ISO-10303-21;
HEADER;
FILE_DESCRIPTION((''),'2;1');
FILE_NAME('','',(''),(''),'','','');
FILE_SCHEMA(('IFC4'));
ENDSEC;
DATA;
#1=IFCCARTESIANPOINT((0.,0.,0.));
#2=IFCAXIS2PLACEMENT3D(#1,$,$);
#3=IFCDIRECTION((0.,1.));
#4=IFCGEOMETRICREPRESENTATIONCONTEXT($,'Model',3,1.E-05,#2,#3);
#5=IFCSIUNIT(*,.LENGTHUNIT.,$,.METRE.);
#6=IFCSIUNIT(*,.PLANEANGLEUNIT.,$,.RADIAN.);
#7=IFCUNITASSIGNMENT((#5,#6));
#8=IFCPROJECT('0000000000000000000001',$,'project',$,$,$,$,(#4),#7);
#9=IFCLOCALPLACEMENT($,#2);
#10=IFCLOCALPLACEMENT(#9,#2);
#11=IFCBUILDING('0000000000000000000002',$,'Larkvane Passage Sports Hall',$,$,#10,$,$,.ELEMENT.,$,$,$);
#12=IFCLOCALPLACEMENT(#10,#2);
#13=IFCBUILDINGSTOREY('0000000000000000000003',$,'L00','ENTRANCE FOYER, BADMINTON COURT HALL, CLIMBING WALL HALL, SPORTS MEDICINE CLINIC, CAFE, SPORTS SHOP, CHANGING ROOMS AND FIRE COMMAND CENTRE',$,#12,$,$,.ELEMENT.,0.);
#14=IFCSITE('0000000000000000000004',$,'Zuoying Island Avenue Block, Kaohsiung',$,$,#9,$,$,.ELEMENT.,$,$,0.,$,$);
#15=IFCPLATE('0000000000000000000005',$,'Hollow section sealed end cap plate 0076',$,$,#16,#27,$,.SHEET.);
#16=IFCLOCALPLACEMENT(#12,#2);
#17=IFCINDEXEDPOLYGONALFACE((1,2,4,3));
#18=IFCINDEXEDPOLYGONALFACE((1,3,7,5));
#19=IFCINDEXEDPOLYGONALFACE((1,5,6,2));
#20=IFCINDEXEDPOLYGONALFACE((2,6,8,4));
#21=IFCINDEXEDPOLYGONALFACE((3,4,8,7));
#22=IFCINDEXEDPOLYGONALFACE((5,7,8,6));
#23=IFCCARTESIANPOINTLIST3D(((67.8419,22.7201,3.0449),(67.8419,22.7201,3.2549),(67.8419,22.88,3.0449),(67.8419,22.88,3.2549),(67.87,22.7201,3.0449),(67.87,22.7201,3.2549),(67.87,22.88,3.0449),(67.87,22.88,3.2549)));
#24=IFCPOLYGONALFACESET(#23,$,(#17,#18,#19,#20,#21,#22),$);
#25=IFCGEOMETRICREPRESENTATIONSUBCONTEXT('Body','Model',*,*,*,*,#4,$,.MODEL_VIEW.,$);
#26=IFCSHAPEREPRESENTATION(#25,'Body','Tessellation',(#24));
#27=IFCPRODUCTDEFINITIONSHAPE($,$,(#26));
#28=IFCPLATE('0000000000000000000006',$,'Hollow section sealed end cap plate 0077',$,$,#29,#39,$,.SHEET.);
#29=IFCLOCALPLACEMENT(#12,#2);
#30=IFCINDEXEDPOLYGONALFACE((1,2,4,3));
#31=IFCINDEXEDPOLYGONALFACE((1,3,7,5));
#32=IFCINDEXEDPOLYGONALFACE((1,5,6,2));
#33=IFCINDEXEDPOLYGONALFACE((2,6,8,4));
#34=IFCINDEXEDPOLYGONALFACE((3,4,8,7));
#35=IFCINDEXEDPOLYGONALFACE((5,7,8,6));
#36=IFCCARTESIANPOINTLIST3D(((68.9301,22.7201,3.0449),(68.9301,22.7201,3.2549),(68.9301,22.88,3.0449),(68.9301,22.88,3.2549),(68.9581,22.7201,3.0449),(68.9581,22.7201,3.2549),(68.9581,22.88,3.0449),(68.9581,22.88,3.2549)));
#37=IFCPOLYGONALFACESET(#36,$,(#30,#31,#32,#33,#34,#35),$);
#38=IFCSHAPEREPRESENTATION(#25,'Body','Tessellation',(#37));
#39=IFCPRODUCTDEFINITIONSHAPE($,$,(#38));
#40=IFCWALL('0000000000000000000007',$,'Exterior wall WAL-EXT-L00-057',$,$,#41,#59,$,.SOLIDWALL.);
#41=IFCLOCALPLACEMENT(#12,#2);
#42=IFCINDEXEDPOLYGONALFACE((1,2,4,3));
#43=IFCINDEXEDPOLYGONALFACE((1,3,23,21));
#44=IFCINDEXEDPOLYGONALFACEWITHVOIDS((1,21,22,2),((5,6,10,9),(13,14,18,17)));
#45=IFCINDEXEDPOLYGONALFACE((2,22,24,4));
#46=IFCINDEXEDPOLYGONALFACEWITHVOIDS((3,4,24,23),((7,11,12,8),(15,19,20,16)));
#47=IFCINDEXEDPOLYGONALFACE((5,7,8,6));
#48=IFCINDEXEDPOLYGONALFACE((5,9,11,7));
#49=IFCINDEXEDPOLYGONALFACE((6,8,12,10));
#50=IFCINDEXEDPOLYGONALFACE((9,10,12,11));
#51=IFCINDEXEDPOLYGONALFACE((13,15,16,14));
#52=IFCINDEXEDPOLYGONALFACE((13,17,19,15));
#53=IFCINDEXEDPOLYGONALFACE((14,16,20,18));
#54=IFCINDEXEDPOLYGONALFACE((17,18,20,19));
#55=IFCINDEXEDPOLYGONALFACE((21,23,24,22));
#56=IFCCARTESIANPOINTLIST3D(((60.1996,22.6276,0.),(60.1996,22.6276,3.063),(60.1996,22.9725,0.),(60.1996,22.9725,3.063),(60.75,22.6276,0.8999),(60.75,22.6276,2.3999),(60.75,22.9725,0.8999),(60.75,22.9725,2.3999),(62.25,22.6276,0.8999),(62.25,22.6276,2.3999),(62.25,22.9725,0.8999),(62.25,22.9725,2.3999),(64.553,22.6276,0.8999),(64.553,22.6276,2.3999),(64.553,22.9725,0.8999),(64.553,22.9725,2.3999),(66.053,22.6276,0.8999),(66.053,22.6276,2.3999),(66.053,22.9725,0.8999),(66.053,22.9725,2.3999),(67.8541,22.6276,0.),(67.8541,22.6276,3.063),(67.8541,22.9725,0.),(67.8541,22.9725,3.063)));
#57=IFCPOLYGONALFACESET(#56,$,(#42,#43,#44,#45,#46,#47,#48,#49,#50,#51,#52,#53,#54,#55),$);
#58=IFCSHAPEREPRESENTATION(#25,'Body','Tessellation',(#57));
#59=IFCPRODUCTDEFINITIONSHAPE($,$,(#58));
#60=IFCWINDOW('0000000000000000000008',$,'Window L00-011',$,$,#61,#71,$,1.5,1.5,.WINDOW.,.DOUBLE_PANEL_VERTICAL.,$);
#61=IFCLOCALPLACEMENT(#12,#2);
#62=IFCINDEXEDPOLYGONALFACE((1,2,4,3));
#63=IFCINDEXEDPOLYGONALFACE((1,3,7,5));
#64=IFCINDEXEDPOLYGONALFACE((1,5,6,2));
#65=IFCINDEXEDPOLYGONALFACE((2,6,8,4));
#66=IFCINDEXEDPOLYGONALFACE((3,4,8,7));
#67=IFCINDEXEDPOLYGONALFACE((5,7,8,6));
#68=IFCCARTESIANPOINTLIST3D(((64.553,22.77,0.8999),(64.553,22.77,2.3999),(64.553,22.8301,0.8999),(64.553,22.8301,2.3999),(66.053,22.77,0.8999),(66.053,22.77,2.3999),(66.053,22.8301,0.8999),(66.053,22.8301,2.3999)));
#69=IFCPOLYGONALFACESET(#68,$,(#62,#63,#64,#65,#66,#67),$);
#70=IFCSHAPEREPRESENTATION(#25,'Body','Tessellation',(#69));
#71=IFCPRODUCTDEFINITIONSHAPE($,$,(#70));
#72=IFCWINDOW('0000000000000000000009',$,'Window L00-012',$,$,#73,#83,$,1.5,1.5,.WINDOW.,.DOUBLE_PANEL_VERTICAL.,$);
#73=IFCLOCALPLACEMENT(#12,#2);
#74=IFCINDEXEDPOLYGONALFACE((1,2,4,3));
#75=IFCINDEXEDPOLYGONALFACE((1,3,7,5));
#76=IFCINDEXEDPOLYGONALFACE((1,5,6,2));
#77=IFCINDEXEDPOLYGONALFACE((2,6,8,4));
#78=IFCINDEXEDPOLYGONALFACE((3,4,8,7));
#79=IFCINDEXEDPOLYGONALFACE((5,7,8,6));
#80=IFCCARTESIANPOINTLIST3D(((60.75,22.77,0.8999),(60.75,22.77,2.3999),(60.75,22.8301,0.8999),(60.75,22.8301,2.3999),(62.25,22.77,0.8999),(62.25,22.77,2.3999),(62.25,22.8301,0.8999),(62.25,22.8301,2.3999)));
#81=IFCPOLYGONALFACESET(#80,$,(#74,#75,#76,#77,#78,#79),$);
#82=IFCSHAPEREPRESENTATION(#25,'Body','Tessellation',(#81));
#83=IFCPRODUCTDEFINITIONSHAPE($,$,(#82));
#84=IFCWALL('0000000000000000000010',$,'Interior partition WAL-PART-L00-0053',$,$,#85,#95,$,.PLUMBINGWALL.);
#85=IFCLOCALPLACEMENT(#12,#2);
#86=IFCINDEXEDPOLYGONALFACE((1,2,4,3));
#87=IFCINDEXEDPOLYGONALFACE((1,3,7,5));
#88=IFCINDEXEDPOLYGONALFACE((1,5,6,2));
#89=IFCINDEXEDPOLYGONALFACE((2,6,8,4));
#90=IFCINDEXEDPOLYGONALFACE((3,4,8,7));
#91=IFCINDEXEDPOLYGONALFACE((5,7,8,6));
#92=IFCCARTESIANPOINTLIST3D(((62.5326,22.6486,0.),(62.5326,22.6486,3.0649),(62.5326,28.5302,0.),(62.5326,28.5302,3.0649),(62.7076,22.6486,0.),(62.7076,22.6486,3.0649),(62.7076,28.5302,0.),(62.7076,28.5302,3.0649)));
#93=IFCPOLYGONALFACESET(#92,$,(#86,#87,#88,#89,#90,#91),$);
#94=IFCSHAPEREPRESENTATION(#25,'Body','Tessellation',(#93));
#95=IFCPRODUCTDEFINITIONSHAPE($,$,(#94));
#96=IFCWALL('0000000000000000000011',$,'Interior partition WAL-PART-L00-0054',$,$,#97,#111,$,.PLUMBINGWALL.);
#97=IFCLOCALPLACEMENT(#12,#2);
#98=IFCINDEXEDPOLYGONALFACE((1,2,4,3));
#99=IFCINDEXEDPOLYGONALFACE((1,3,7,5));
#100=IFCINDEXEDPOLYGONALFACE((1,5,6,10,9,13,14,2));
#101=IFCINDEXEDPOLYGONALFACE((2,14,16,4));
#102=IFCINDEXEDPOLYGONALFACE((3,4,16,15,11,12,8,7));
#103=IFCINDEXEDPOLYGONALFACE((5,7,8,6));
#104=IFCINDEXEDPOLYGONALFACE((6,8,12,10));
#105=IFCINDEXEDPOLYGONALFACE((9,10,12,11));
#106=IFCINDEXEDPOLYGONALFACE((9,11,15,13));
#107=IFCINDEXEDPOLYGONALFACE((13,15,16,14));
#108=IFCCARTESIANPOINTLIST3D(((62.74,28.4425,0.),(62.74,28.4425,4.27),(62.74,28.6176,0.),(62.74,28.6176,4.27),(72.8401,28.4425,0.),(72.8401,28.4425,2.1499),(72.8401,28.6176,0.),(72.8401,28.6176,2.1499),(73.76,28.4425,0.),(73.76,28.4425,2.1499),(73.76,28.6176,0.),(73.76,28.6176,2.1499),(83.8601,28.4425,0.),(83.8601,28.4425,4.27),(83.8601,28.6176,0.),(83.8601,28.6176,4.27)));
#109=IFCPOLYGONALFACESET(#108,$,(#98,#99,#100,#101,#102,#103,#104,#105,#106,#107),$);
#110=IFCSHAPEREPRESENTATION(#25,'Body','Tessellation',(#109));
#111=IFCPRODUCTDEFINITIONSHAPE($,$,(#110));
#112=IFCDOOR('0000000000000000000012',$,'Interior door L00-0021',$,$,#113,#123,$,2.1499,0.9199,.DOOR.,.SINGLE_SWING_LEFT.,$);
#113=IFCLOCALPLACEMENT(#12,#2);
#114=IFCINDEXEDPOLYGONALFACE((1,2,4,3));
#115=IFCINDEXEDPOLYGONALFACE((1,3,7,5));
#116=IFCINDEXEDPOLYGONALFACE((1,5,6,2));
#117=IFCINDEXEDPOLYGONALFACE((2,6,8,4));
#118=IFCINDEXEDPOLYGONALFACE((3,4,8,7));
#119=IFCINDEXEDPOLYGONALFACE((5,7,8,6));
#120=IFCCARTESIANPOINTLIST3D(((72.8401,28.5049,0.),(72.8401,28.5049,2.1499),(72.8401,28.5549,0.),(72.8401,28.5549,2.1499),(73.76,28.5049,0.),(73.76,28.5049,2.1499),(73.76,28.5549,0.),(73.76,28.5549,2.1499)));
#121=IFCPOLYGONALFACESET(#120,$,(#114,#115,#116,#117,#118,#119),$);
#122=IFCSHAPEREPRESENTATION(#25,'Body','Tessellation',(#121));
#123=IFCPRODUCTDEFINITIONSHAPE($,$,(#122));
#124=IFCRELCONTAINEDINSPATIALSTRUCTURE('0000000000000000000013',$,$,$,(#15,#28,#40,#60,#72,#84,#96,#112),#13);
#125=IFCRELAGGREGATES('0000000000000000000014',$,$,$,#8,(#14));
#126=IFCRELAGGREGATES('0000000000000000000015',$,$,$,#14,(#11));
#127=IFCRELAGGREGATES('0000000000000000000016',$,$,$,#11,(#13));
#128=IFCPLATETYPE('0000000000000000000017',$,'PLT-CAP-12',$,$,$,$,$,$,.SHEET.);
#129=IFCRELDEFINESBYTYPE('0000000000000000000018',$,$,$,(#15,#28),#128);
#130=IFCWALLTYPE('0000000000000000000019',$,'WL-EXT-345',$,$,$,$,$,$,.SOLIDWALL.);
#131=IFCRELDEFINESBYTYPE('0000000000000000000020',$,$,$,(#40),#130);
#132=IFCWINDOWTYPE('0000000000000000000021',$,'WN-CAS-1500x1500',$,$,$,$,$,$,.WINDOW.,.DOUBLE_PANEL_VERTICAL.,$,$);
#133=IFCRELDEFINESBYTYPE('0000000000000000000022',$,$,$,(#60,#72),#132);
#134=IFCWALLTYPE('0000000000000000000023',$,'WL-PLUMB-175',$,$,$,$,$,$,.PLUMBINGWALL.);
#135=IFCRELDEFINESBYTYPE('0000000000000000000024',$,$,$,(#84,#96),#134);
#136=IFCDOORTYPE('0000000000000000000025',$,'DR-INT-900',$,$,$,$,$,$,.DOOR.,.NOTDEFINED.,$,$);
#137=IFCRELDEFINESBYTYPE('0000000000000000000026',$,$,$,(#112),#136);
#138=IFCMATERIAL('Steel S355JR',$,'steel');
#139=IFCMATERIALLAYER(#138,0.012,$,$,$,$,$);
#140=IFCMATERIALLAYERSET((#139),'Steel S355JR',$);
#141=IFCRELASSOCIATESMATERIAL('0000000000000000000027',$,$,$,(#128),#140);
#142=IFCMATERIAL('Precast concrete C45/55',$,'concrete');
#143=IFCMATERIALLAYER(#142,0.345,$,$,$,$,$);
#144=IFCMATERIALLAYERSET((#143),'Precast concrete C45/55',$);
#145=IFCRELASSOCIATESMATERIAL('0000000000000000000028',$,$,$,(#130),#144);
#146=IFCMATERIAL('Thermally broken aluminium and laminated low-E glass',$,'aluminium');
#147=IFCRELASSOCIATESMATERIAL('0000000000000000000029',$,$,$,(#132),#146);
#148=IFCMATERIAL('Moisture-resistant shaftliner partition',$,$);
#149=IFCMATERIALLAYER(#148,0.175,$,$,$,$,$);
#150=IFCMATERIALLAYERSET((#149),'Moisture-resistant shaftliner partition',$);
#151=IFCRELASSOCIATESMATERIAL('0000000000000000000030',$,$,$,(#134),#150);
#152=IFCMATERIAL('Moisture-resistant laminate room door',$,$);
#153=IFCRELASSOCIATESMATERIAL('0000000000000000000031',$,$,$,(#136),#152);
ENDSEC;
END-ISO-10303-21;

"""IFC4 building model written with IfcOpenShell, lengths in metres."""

from ifc_helpers import new_model, si_unit, direction, frame, frame_2d, origin, origin_2d, place, context, subcontext, project, spatial, rectangle, extrude, material, layer, layer_set, type_object, element, fill, save


model = new_model("IFC4")

# Units and contexts
model_context = context("Model", 3, precision=1e-05, world=origin(), true_north=direction((0.0, 1.0)))
body_context = subcontext(model_context, "Body", "Model", "MODEL_VIEW")
ifc_project = project(units=[si_unit("LENGTHUNIT", "METRE"), si_unit("PLANEANGLEUNIT", "RADIAN")], contexts=[model_context])

# Site, building, storey
site_placement = place(None, origin())
site = spatial("IfcSite", under=ifc_project, at=site_placement, Name="Zuoying Island Avenue Block, Kaohsiung", CompositionType="ELEMENT", RefElevation=0.0)
building_placement = place(site_placement, origin())
building = spatial("IfcBuilding", under=site, at=building_placement, Name="Larkvane Passage Sports Hall", CompositionType="ELEMENT")
storey_placement = place(building_placement, origin())
storey = spatial("IfcBuildingStorey", under=building, at=storey_placement, Name="L00", Description="ENTRANCE FOYER, BADMINTON COURT HALL, CLIMBING WALL HALL, SPORTS MEDICINE CLINIC, CAFE, SPORTS SHOP, CHANGING ROOMS AND FIRE COMMAND CENTRE", CompositionType="ELEMENT", Elevation=0.0)

# Shared definitions
ifc_material_1 = material(Name="Steel S355JR", Category="steel")

# Plates
ifc_layer_1 = layer(ifc_material_1, 0.012)
ifc_layer_set_1 = layer_set([ifc_layer_1], Name="Steel S355JR")
plate_type = type_object("IfcPlateType", Name="PLT-CAP-12", PredefinedType="SHEET", material=ifc_layer_set_1)
for number, where, z_axis, x_axis, name in (
    (1, (67.856, 22.8, 3.0449), (0.0, 0.0, 1.0), (0.0, 1.0, 0.0), "Hollow section sealed end cap plate 0076"),
    (2, (68.9441, 22.8, 3.0449), (0.0, 0.0, 1.0), (0.0, 1.0, 0.0), "Hollow section sealed end cap plate 0077"),
):
    element("IfcPlate", number, at=place(storey_placement, frame(where, z_axis=z_axis, x_axis=x_axis)), inside=storey, type_object=plate_type, Name=name, PredefinedType="SHEET", context=body_context, shape_type="SweptSolid", body=[
        extrude(rectangle(XDim=0.1599, YDim=0.0281, at=origin_2d()), origin(), (0.0, 0.0, 1.0), 0.21),
    ])

# Wall, openings, windows
ifc_material_2 = material(Name="Precast concrete C45/55", Category="concrete")
ifc_layer_2 = layer(ifc_material_2, 0.345)
ifc_layer_set_2 = layer_set([ifc_layer_2], Name="Precast concrete C45/55")
wall_type_1 = type_object("IfcWallType", Name="WL-EXT-345", PredefinedType="SOLIDWALL", material=ifc_layer_set_2)
wall_1_placement = place(storey_placement, frame((67.854, 22.8, 0.0), z_axis=(0.0, 0.0, 1.0), x_axis=(-1.0, 0.0, 0.0)))
wall_1 = element("IfcWall", 3, at=wall_1_placement, inside=storey, type_object=wall_type_1, Name="Exterior wall WAL-EXT-L00-057", PredefinedType="SOLIDWALL", context=body_context, shape_type="SweptSolid", body=[
    extrude(rectangle(XDim=7.6545, YDim=0.345, at=frame_2d((3.8271, 0.0))), origin(), (0.0, 0.0, 1.0), 3.063),
])
opening_1_placement = place(wall_1_placement, frame((1.801, 0.0, 0.8999)))
opening_1 = element("IfcOpeningElement", 4, at=opening_1_placement, cuts=wall_1, PredefinedType="OPENING", context=body_context, shape_type="SweptSolid", body=[
    extrude(rectangle(XDim=1.5, YDim=1.5, at=frame_2d((0.75, 0.75))), frame((0.0, 0.1824, 0.0), z_axis=(0.0, -1.0, 0.0), x_axis=(1.0, 0.0, 0.0)), (0.0, 0.0, 1.0), 0.365),
])
opening_2_placement = place(wall_1_placement, frame((5.604, 0.0, 0.8999)))
opening_2 = element("IfcOpeningElement", 5, at=opening_2_placement, cuts=wall_1, PredefinedType="OPENING", context=body_context, shape_type="SweptSolid", body=[
    extrude(rectangle(XDim=1.5, YDim=1.5, at=frame_2d((0.75, 0.75))), frame((0.0, 0.1824, 0.0), z_axis=(0.0, -1.0, 0.0), x_axis=(1.0, 0.0, 0.0)), (0.0, 0.0, 1.0), 0.365),
])
ifc_material_3 = material(Name="Thermally broken aluminium and laminated low-E glass", Category="aluminium")
window_type = type_object("IfcWindowType", Name="WN-CAS-1500x1500", PartitioningType="DOUBLE_PANEL_VERTICAL", PredefinedType="WINDOW", material=ifc_material_3)
window_1_placement = place(opening_1_placement, origin())
window_1 = element("IfcWindow", 6, at=window_1_placement, inside=storey, type_object=window_type, Name="Window L00-011", OverallHeight=1.5, OverallWidth=1.5, PartitioningType="DOUBLE_PANEL_VERTICAL", PredefinedType="WINDOW", context=body_context, shape_type="SweptSolid", body=[
    extrude(rectangle(XDim=1.5, YDim=1.5, at=frame_2d((0.75, 0.75))), frame((0.0, 0.03, 0.0), z_axis=(0.0, -1.0, 0.0), x_axis=(1.0, 0.0, 0.0)), (0.0, 0.0, 1.0), 0.0601),
])
fill(opening_1, window_1)
window_2_placement = place(opening_2_placement, origin())
window_2 = element("IfcWindow", 7, at=window_2_placement, inside=storey, type_object=window_type, Name="Window L00-012", OverallHeight=1.5, OverallWidth=1.5, PartitioningType="DOUBLE_PANEL_VERTICAL", PredefinedType="WINDOW", context=body_context, shape_type="SweptSolid", body=[
    extrude(rectangle(XDim=1.5, YDim=1.5, at=frame_2d((0.75, 0.75))), frame((0.0, 0.03, 0.0), z_axis=(0.0, -1.0, 0.0), x_axis=(1.0, 0.0, 0.0)), (0.0, 0.0, 1.0), 0.0601),
])
fill(opening_2, window_2)

# Wall
ifc_material_4 = material(Name="Moisture-resistant shaftliner partition")
ifc_layer_3 = layer(ifc_material_4, 0.175)
ifc_layer_set_3 = layer_set([ifc_layer_3], Name="Moisture-resistant shaftliner partition")
wall_type_2 = type_object("IfcWallType", Name="WL-PLUMB-175", PredefinedType="PLUMBINGWALL", material=ifc_layer_set_3)
wall_2_placement = place(storey_placement, frame((62.6201, 22.6484, 0.0), z_axis=(0.0, 0.0, 1.0), x_axis=(0.0, 1.0, 0.0)))
element("IfcWall", 8, at=wall_2_placement, inside=storey, type_object=wall_type_2, Name="Interior partition WAL-PART-L00-0053", PredefinedType="PLUMBINGWALL", context=body_context, shape_type="SweptSolid", body=[
    extrude(rectangle(XDim=5.8816, YDim=0.175, at=frame_2d((2.9409, 0.0))), origin(), (0.0, 0.0, 1.0), 3.0649),
])

# Wall, opening, door
wall_3_placement = place(storey_placement, frame((62.74, 28.53, 0.0), z_axis=(0.0, 0.0, 1.0), x_axis=(1.0, 0.0, 0.0)))
wall_3 = element("IfcWall", 9, at=wall_3_placement, inside=storey, type_object=wall_type_2, Name="Interior partition WAL-PART-L00-0054", PredefinedType="PLUMBINGWALL", context=body_context, shape_type="SweptSolid", body=[
    extrude(rectangle(XDim=21.1201, YDim=0.175, at=frame_2d((10.5601, 0.0))), origin(), (0.0, 0.0, 1.0), 4.27),
])
opening_3_placement = place(wall_3_placement, frame((10.1001, 0.0, 0.0)))
opening_3 = element("IfcOpeningElement", 10, at=opening_3_placement, cuts=wall_3, PredefinedType="OPENING", context=body_context, shape_type="SweptSolid", body=[
    extrude(rectangle(XDim=0.9199, YDim=2.1499, at=frame_2d((0.46, 1.075))), frame((0.0, 0.0974, 0.0), z_axis=(0.0, -1.0, 0.0), x_axis=(1.0, 0.0, 0.0)), (0.0, 0.0, 1.0), 0.1951),
])
ifc_material_5 = material(Name="Moisture-resistant laminate room door")
door_type = type_object("IfcDoorType", Name="DR-INT-900", OperationType="NOTDEFINED", PredefinedType="DOOR", material=ifc_material_5)
door_placement = place(opening_3_placement, origin())
door = element("IfcDoor", 11, at=door_placement, inside=storey, type_object=door_type, Name="Interior door L00-0021", OperationType="SINGLE_SWING_LEFT", OverallHeight=2.1499, OverallWidth=0.9199, PredefinedType="DOOR", context=body_context, shape_type="SweptSolid", body=[
    extrude(rectangle(XDim=0.9199, YDim=2.1499, at=frame_2d((0.46, 1.075))), frame((0.0, 0.0249, 0.0), z_axis=(0.0, -1.0, 0.0), x_axis=(1.0, 0.0, 0.0)), (0.0, 0.0, 1.0), 0.05),
])
fill(opening_3, door)

save(model, "model.ifc")
